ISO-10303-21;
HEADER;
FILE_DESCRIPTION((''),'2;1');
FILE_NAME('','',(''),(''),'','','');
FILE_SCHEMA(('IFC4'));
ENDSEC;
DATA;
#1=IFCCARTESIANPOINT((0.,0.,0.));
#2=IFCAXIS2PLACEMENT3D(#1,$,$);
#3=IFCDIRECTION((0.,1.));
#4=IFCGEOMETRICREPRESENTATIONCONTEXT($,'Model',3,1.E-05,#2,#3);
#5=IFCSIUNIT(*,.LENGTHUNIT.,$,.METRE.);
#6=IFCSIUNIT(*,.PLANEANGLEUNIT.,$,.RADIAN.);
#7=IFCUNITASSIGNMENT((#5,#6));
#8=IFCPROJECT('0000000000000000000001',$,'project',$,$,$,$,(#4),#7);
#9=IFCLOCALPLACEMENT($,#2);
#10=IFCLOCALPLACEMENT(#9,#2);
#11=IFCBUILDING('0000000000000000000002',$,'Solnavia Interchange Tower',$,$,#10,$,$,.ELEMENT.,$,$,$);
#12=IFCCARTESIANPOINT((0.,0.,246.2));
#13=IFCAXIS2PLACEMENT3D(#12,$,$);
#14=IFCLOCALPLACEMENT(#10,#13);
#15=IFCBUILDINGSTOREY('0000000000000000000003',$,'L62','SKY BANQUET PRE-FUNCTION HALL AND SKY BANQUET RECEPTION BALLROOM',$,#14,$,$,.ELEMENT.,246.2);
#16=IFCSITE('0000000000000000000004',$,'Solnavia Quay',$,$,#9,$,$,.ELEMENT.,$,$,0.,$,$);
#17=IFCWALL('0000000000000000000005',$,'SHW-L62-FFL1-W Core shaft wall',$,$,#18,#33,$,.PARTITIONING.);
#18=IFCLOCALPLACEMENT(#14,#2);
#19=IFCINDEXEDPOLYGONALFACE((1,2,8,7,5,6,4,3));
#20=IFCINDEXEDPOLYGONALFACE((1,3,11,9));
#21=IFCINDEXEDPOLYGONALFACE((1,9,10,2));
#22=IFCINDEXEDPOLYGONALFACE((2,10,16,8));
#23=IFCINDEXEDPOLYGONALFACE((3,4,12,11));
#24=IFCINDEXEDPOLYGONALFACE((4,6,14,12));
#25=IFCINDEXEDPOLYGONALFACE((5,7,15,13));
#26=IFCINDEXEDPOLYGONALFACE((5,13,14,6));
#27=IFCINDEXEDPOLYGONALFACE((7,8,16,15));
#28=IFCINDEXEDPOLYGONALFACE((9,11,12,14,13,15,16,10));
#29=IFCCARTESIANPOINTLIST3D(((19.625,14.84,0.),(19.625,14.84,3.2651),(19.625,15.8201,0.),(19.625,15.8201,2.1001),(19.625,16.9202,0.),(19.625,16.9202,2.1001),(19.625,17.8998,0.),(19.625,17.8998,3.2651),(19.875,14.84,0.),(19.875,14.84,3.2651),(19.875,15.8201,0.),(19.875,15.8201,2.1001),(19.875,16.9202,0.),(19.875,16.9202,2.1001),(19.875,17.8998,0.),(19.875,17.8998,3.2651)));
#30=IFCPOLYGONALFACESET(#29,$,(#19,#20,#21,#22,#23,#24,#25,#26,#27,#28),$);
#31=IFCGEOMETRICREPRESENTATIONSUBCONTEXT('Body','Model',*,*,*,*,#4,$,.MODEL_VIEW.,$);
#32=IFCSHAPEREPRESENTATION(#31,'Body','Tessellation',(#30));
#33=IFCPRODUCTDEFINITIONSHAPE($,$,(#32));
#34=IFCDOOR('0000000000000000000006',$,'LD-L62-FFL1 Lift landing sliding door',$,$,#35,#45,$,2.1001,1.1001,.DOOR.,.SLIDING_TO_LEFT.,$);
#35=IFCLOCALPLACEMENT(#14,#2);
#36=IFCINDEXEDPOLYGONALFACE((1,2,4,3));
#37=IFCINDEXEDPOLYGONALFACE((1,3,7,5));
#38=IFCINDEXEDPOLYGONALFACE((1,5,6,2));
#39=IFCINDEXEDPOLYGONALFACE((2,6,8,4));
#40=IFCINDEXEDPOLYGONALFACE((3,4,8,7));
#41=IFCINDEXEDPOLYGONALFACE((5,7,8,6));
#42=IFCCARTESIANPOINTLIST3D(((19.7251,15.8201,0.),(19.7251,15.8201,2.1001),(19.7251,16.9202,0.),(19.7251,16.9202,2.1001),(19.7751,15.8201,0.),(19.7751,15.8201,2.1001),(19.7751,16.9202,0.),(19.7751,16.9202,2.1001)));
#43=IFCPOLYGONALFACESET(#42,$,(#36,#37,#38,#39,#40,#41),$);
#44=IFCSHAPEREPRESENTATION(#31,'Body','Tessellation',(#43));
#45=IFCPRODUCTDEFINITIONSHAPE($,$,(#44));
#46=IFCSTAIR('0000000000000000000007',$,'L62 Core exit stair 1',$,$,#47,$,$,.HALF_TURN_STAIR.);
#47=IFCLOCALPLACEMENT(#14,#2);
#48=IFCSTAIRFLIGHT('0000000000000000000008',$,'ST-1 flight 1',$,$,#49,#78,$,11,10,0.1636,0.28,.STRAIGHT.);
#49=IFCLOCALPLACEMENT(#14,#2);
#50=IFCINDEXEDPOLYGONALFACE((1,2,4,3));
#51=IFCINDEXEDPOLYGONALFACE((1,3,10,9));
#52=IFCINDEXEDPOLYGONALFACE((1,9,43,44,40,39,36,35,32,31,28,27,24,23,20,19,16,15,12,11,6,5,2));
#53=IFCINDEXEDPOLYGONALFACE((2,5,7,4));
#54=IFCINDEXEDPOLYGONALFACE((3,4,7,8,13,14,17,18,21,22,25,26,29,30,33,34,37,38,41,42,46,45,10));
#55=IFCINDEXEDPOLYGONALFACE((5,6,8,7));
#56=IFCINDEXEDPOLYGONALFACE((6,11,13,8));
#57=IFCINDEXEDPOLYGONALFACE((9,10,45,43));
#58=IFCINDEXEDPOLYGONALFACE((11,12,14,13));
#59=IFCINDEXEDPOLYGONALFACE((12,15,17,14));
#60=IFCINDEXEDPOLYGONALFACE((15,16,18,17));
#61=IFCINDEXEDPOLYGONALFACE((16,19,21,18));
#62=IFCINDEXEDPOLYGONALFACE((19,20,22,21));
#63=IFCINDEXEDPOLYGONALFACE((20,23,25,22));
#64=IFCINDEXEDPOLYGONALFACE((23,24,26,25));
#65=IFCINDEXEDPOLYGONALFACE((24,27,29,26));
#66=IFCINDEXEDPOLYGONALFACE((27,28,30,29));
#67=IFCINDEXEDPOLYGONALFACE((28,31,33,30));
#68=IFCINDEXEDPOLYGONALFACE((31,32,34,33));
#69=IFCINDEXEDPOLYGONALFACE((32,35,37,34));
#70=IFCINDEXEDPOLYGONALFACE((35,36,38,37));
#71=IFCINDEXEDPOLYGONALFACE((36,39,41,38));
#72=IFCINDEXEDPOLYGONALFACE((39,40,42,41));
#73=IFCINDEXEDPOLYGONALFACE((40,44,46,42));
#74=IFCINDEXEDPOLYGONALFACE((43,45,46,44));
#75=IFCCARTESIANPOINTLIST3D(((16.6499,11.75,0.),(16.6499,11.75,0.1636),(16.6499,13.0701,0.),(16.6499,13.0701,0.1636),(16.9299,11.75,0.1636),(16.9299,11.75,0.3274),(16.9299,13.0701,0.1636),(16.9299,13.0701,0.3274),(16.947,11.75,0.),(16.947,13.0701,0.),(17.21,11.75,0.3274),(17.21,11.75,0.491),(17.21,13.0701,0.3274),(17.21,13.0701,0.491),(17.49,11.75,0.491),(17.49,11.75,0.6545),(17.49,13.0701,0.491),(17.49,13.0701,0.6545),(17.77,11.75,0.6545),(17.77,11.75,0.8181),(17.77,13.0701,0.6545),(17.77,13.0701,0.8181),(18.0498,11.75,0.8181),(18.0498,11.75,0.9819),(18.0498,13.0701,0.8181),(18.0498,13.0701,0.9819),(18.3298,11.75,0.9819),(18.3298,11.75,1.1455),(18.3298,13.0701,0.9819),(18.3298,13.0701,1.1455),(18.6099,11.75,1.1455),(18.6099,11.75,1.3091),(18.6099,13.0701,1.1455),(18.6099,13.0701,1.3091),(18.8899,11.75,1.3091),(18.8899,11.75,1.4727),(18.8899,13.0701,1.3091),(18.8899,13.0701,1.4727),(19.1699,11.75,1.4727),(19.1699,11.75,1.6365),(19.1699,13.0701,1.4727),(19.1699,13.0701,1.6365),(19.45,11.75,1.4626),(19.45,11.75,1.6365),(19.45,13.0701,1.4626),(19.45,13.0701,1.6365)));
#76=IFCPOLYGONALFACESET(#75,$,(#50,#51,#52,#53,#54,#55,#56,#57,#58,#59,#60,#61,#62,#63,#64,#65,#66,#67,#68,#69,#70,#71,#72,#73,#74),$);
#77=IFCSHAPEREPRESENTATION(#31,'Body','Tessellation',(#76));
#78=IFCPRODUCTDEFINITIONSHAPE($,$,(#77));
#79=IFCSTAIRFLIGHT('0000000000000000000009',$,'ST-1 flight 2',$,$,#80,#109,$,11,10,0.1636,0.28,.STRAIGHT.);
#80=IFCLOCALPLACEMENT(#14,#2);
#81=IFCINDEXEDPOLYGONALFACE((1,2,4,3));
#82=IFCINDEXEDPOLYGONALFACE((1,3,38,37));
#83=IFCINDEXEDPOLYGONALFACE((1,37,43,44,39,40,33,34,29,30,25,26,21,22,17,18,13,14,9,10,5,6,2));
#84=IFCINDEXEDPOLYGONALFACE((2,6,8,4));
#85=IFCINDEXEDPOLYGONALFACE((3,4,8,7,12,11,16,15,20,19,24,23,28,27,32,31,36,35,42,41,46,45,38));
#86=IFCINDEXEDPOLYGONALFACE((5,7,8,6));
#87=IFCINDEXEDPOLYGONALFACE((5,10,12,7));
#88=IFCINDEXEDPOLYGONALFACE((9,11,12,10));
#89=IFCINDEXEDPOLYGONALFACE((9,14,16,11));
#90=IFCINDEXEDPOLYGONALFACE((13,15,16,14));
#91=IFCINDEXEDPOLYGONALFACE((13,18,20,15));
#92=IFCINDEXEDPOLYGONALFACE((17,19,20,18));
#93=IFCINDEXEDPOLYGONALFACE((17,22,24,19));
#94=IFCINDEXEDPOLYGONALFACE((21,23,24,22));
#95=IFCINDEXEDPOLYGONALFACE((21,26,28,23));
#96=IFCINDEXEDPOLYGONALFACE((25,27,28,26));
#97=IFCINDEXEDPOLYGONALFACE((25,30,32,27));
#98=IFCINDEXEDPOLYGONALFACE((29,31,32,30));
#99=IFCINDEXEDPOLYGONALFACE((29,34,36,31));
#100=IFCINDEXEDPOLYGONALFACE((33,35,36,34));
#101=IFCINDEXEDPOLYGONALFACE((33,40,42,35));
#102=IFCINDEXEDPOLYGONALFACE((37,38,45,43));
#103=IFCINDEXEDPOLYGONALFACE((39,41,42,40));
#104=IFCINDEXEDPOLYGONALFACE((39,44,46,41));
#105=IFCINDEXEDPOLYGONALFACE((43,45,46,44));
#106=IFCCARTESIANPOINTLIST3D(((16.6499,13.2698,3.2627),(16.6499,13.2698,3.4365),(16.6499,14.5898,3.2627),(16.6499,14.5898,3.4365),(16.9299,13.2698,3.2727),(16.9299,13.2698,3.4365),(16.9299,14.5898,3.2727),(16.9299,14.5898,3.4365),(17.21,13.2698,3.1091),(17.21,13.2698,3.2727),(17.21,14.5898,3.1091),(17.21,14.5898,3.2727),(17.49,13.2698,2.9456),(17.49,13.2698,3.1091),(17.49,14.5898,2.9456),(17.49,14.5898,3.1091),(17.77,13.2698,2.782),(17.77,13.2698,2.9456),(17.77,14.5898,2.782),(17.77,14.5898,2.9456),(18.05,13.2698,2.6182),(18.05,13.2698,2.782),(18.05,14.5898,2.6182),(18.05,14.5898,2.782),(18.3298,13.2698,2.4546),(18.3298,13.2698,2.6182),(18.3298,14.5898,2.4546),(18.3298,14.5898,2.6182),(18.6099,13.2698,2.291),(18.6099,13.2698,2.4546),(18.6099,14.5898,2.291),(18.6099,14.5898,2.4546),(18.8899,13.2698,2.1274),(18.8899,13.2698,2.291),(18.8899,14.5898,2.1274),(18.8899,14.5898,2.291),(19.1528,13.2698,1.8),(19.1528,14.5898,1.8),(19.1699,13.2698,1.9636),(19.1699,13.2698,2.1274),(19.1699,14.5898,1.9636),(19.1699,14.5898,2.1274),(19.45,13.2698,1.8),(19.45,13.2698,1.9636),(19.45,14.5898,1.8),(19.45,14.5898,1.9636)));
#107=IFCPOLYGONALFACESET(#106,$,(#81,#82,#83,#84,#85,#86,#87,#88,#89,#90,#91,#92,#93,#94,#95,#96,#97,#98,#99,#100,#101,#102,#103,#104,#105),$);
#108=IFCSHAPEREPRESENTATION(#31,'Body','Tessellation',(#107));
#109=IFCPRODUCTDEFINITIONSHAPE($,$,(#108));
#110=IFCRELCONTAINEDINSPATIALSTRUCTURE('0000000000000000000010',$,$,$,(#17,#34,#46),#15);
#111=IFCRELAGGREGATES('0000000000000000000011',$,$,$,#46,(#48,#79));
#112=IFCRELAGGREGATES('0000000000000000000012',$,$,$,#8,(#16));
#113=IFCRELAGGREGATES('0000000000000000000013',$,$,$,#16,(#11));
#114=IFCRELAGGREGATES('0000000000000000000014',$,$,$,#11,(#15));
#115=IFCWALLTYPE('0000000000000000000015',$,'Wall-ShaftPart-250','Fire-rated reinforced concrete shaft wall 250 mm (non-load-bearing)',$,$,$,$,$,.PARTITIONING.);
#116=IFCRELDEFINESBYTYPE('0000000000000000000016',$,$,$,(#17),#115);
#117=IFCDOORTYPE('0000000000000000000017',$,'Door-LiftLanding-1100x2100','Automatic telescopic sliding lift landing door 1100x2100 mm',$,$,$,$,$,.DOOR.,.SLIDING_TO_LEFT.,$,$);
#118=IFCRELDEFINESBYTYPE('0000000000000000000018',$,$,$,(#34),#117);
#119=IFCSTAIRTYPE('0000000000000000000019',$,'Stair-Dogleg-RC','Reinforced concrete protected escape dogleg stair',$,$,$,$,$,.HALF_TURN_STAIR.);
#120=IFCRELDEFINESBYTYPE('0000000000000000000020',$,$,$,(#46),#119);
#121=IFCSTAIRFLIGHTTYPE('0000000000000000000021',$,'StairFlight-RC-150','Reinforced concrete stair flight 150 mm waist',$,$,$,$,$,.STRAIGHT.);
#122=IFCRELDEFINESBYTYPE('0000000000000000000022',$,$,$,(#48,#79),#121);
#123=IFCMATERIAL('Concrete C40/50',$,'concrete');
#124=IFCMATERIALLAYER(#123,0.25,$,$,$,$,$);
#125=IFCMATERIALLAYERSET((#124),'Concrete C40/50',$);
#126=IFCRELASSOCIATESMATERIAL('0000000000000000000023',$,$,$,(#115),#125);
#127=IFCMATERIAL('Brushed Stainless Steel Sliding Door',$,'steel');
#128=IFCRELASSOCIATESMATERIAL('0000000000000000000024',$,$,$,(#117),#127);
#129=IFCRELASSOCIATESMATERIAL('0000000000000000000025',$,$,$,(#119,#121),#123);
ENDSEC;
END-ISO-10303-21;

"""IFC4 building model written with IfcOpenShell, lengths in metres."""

from ifc_helpers import new_model, si_unit, direction, frame, frame_2d, origin, place, context, subcontext, project, spatial, polyline, rectangle, outline, extrude, material, layer, layer_set, type_object, element, fill, aggregate, save


model = new_model("IFC4")

# Units and contexts
model_context = context("Model", 3, precision=1e-05, world=origin(), true_north=direction((0.0, 1.0)))
body_context = subcontext(model_context, "Body", "Model", "MODEL_VIEW")
ifc_project = project(units=[si_unit("LENGTHUNIT", "METRE"), si_unit("PLANEANGLEUNIT", "RADIAN")], contexts=[model_context])

# Site, building, storey
site_placement = place(None, origin())
site = spatial("IfcSite", under=ifc_project, at=site_placement, Name="Solnavia Quay", CompositionType="ELEMENT", RefElevation=0.0)
building_placement = place(site_placement, origin())
building = spatial("IfcBuilding", under=site, at=building_placement, Name="Solnavia Interchange Tower", CompositionType="ELEMENT")
storey_placement = place(building_placement, frame((0.0, 0.0, 246.2)))
storey = spatial("IfcBuildingStorey", under=building, at=storey_placement, Name="L62", Description="SKY BANQUET PRE-FUNCTION HALL AND SKY BANQUET RECEPTION BALLROOM", CompositionType="ELEMENT", Elevation=246.2)

# Shared definitions
ifc_material_1 = material(Name="Concrete C40/50", Category="concrete")

# Shared definitions
ifc_layer_1 = layer(ifc_material_1, 0.25)
ifc_layer_set_1 = layer_set([ifc_layer_1], Name="Concrete C40/50")
wall_type_1 = type_object("IfcWallType", Name="Wall-ShaftPart-250", Description="Fire-rated reinforced concrete shaft wall 250 mm (non-load-bearing)", PredefinedType="PARTITIONING", material=ifc_layer_set_1)

# Wall, opening, door
wall_1_placement = place(storey_placement, frame((19.75, 14.8401, 0.0), z_axis=(0.0, 0.0, 1.0), x_axis=(0.0, 1.0, 0.0)))
wall_1 = element("IfcWall", 1, at=wall_1_placement, inside=storey, type_object=wall_type_1, Name="SHW-L62-FFL1-W Core shaft wall", PredefinedType="PARTITIONING", context=body_context, shape_type="SweptSolid", body=[
    extrude(rectangle(XDim=3.0598, YDim=0.25, at=frame_2d((1.5298, 0.0))), origin(), (0.0, 0.0, 1.0), 3.2651),
])
opening_1_placement = place(wall_1_placement, frame((0.98, 0.0, 0.0)))
opening_1 = element("IfcOpeningElement", 2, at=opening_1_placement, cuts=wall_1, PredefinedType="OPENING", context=body_context, shape_type="SweptSolid", body=[
    extrude(rectangle(XDim=1.1001, YDim=2.1001, at=frame_2d((0.55, 1.05))), frame((0.0, 0.135, 0.0), z_axis=(0.0, -1.0, 0.0), x_axis=(1.0, 0.0, 0.0)), (0.0, 0.0, 1.0), 0.27),
])
ifc_material_2 = material(Name="Brushed Stainless Steel Sliding Door", Category="steel")
door_type_1 = type_object("IfcDoorType", Name="Door-LiftLanding-1100x2100", Description="Automatic telescopic sliding lift landing door 1100x2100 mm", OperationType="SLIDING_TO_LEFT", PredefinedType="DOOR", material=ifc_material_2)
door_1_placement = place(opening_1_placement, origin())
door_1 = element("IfcDoor", 3, at=door_1_placement, inside=storey, type_object=door_type_1, Name="LD-L62-FFL1 Lift landing sliding door", OperationType="SLIDING_TO_LEFT", OverallHeight=2.1001, OverallWidth=1.1001, PredefinedType="DOOR", context=body_context, shape_type="SweptSolid", body=[
    extrude(rectangle(XDim=1.1001, YDim=2.1001, at=frame_2d((0.55, 1.05))), frame((0.0, 0.0249, 0.0), z_axis=(0.0, -1.0, 0.0), x_axis=(1.0, 0.0, 0.0)), (0.0, 0.0, 1.0), 0.05),
])
fill(opening_1, door_1)

# Stair, stair flights
stair_type = type_object("IfcStairType", Name="Stair-Dogleg-RC", Description="Reinforced concrete protected escape dogleg stair", PredefinedType="HALF_TURN_STAIR", material=ifc_material_1)
stair_placement = place(storey_placement, origin())
stair = element("IfcStair", 4, at=stair_placement, inside=storey, type_object=stair_type, Name="L62 Core exit stair 1", PredefinedType="HALF_TURN_STAIR")
stair_flight_type = type_object("IfcStairFlightType", Name="StairFlight-RC-150", Description="Reinforced concrete stair flight 150 mm waist", PredefinedType="STRAIGHT", material=ifc_material_1)
stair_flight_1_placement = place(storey_placement, frame((16.6499, 12.4099, 0.0), z_axis=(0.0, 0.0, 1.0), x_axis=(1.0, 0.0, 0.0)))
stair_flight_1 = element("IfcStairFlight", 5, at=stair_flight_1_placement, type_object=stair_flight_type, Name="ST-1 flight 1", NumberOfRisers=11, NumberOfTreads=10, PredefinedType="STRAIGHT", RiserHeight=0.1636, TreadLength=0.28, context=body_context, shape_type="SweptSolid", body=[
    extrude(outline(polyline([(0.0, 0.0), (0.0, 0.1636), (0.28, 0.1636), (0.28, 0.3274), (0.5601, 0.3274), (0.5601, 0.491), (0.8401, 0.491), (0.8401, 0.6545), (1.1201, 0.6545), (1.1201, 0.8181), (1.3999, 0.8181), (1.3999, 0.9819), (1.6799, 0.9819), (1.6799, 1.1455), (1.96, 1.1455), (1.96, 1.3091), (2.24, 1.3091), (2.24, 1.4727), (2.52, 1.4727), (2.52, 1.6365), (2.8, 1.6365), (2.8, 1.8), (2.8, 1.4626), (0.2971, 0.0), (0.0, 0.0)])), frame((0.0, 0.6602, 0.0), z_axis=(0.0, -1.0, 0.0), x_axis=(1.0, 0.0, 0.0)), (0.0, 0.0, 1.0), 1.3201),
])
stair_flight_2_placement = place(storey_placement, frame((19.45, 13.9299, 1.8), z_axis=(0.0, 0.0, 1.0), x_axis=(-1.0, 0.0, 0.0)))
stair_flight_2 = element("IfcStairFlight", 6, at=stair_flight_2_placement, type_object=stair_flight_type, Name="ST-1 flight 2", NumberOfRisers=11, NumberOfTreads=10, PredefinedType="STRAIGHT", RiserHeight=0.1636, TreadLength=0.28, context=body_context, shape_type="SweptSolid", body=[
    extrude(outline(polyline([(0.0, 0.0), (0.0, 0.1636), (0.28, 0.1636), (0.28, 0.3274), (0.5601, 0.3274), (0.5601, 0.491), (0.8401, 0.491), (0.8401, 0.6545), (1.1201, 0.6545), (1.1201, 0.8181), (1.3999, 0.8181), (1.3999, 0.9819), (1.6799, 0.9819), (1.6799, 1.1455), (1.96, 1.1455), (1.96, 1.3091), (2.24, 1.3091), (2.24, 1.4727), (2.52, 1.4727), (2.52, 1.6365), (2.8, 1.6365), (2.8, 1.8), (2.8, 1.4626), (0.2971, 0.0), (0.0, 0.0)])), frame((0.0, 0.6602, 0.0), z_axis=(0.0, -1.0, 0.0), x_axis=(1.0, 0.0, 0.0)), (0.0, 0.0, 1.0), 1.3201),
])
aggregate(stair, [stair_flight_1, stair_flight_2])

save(model, "model.ifc")
